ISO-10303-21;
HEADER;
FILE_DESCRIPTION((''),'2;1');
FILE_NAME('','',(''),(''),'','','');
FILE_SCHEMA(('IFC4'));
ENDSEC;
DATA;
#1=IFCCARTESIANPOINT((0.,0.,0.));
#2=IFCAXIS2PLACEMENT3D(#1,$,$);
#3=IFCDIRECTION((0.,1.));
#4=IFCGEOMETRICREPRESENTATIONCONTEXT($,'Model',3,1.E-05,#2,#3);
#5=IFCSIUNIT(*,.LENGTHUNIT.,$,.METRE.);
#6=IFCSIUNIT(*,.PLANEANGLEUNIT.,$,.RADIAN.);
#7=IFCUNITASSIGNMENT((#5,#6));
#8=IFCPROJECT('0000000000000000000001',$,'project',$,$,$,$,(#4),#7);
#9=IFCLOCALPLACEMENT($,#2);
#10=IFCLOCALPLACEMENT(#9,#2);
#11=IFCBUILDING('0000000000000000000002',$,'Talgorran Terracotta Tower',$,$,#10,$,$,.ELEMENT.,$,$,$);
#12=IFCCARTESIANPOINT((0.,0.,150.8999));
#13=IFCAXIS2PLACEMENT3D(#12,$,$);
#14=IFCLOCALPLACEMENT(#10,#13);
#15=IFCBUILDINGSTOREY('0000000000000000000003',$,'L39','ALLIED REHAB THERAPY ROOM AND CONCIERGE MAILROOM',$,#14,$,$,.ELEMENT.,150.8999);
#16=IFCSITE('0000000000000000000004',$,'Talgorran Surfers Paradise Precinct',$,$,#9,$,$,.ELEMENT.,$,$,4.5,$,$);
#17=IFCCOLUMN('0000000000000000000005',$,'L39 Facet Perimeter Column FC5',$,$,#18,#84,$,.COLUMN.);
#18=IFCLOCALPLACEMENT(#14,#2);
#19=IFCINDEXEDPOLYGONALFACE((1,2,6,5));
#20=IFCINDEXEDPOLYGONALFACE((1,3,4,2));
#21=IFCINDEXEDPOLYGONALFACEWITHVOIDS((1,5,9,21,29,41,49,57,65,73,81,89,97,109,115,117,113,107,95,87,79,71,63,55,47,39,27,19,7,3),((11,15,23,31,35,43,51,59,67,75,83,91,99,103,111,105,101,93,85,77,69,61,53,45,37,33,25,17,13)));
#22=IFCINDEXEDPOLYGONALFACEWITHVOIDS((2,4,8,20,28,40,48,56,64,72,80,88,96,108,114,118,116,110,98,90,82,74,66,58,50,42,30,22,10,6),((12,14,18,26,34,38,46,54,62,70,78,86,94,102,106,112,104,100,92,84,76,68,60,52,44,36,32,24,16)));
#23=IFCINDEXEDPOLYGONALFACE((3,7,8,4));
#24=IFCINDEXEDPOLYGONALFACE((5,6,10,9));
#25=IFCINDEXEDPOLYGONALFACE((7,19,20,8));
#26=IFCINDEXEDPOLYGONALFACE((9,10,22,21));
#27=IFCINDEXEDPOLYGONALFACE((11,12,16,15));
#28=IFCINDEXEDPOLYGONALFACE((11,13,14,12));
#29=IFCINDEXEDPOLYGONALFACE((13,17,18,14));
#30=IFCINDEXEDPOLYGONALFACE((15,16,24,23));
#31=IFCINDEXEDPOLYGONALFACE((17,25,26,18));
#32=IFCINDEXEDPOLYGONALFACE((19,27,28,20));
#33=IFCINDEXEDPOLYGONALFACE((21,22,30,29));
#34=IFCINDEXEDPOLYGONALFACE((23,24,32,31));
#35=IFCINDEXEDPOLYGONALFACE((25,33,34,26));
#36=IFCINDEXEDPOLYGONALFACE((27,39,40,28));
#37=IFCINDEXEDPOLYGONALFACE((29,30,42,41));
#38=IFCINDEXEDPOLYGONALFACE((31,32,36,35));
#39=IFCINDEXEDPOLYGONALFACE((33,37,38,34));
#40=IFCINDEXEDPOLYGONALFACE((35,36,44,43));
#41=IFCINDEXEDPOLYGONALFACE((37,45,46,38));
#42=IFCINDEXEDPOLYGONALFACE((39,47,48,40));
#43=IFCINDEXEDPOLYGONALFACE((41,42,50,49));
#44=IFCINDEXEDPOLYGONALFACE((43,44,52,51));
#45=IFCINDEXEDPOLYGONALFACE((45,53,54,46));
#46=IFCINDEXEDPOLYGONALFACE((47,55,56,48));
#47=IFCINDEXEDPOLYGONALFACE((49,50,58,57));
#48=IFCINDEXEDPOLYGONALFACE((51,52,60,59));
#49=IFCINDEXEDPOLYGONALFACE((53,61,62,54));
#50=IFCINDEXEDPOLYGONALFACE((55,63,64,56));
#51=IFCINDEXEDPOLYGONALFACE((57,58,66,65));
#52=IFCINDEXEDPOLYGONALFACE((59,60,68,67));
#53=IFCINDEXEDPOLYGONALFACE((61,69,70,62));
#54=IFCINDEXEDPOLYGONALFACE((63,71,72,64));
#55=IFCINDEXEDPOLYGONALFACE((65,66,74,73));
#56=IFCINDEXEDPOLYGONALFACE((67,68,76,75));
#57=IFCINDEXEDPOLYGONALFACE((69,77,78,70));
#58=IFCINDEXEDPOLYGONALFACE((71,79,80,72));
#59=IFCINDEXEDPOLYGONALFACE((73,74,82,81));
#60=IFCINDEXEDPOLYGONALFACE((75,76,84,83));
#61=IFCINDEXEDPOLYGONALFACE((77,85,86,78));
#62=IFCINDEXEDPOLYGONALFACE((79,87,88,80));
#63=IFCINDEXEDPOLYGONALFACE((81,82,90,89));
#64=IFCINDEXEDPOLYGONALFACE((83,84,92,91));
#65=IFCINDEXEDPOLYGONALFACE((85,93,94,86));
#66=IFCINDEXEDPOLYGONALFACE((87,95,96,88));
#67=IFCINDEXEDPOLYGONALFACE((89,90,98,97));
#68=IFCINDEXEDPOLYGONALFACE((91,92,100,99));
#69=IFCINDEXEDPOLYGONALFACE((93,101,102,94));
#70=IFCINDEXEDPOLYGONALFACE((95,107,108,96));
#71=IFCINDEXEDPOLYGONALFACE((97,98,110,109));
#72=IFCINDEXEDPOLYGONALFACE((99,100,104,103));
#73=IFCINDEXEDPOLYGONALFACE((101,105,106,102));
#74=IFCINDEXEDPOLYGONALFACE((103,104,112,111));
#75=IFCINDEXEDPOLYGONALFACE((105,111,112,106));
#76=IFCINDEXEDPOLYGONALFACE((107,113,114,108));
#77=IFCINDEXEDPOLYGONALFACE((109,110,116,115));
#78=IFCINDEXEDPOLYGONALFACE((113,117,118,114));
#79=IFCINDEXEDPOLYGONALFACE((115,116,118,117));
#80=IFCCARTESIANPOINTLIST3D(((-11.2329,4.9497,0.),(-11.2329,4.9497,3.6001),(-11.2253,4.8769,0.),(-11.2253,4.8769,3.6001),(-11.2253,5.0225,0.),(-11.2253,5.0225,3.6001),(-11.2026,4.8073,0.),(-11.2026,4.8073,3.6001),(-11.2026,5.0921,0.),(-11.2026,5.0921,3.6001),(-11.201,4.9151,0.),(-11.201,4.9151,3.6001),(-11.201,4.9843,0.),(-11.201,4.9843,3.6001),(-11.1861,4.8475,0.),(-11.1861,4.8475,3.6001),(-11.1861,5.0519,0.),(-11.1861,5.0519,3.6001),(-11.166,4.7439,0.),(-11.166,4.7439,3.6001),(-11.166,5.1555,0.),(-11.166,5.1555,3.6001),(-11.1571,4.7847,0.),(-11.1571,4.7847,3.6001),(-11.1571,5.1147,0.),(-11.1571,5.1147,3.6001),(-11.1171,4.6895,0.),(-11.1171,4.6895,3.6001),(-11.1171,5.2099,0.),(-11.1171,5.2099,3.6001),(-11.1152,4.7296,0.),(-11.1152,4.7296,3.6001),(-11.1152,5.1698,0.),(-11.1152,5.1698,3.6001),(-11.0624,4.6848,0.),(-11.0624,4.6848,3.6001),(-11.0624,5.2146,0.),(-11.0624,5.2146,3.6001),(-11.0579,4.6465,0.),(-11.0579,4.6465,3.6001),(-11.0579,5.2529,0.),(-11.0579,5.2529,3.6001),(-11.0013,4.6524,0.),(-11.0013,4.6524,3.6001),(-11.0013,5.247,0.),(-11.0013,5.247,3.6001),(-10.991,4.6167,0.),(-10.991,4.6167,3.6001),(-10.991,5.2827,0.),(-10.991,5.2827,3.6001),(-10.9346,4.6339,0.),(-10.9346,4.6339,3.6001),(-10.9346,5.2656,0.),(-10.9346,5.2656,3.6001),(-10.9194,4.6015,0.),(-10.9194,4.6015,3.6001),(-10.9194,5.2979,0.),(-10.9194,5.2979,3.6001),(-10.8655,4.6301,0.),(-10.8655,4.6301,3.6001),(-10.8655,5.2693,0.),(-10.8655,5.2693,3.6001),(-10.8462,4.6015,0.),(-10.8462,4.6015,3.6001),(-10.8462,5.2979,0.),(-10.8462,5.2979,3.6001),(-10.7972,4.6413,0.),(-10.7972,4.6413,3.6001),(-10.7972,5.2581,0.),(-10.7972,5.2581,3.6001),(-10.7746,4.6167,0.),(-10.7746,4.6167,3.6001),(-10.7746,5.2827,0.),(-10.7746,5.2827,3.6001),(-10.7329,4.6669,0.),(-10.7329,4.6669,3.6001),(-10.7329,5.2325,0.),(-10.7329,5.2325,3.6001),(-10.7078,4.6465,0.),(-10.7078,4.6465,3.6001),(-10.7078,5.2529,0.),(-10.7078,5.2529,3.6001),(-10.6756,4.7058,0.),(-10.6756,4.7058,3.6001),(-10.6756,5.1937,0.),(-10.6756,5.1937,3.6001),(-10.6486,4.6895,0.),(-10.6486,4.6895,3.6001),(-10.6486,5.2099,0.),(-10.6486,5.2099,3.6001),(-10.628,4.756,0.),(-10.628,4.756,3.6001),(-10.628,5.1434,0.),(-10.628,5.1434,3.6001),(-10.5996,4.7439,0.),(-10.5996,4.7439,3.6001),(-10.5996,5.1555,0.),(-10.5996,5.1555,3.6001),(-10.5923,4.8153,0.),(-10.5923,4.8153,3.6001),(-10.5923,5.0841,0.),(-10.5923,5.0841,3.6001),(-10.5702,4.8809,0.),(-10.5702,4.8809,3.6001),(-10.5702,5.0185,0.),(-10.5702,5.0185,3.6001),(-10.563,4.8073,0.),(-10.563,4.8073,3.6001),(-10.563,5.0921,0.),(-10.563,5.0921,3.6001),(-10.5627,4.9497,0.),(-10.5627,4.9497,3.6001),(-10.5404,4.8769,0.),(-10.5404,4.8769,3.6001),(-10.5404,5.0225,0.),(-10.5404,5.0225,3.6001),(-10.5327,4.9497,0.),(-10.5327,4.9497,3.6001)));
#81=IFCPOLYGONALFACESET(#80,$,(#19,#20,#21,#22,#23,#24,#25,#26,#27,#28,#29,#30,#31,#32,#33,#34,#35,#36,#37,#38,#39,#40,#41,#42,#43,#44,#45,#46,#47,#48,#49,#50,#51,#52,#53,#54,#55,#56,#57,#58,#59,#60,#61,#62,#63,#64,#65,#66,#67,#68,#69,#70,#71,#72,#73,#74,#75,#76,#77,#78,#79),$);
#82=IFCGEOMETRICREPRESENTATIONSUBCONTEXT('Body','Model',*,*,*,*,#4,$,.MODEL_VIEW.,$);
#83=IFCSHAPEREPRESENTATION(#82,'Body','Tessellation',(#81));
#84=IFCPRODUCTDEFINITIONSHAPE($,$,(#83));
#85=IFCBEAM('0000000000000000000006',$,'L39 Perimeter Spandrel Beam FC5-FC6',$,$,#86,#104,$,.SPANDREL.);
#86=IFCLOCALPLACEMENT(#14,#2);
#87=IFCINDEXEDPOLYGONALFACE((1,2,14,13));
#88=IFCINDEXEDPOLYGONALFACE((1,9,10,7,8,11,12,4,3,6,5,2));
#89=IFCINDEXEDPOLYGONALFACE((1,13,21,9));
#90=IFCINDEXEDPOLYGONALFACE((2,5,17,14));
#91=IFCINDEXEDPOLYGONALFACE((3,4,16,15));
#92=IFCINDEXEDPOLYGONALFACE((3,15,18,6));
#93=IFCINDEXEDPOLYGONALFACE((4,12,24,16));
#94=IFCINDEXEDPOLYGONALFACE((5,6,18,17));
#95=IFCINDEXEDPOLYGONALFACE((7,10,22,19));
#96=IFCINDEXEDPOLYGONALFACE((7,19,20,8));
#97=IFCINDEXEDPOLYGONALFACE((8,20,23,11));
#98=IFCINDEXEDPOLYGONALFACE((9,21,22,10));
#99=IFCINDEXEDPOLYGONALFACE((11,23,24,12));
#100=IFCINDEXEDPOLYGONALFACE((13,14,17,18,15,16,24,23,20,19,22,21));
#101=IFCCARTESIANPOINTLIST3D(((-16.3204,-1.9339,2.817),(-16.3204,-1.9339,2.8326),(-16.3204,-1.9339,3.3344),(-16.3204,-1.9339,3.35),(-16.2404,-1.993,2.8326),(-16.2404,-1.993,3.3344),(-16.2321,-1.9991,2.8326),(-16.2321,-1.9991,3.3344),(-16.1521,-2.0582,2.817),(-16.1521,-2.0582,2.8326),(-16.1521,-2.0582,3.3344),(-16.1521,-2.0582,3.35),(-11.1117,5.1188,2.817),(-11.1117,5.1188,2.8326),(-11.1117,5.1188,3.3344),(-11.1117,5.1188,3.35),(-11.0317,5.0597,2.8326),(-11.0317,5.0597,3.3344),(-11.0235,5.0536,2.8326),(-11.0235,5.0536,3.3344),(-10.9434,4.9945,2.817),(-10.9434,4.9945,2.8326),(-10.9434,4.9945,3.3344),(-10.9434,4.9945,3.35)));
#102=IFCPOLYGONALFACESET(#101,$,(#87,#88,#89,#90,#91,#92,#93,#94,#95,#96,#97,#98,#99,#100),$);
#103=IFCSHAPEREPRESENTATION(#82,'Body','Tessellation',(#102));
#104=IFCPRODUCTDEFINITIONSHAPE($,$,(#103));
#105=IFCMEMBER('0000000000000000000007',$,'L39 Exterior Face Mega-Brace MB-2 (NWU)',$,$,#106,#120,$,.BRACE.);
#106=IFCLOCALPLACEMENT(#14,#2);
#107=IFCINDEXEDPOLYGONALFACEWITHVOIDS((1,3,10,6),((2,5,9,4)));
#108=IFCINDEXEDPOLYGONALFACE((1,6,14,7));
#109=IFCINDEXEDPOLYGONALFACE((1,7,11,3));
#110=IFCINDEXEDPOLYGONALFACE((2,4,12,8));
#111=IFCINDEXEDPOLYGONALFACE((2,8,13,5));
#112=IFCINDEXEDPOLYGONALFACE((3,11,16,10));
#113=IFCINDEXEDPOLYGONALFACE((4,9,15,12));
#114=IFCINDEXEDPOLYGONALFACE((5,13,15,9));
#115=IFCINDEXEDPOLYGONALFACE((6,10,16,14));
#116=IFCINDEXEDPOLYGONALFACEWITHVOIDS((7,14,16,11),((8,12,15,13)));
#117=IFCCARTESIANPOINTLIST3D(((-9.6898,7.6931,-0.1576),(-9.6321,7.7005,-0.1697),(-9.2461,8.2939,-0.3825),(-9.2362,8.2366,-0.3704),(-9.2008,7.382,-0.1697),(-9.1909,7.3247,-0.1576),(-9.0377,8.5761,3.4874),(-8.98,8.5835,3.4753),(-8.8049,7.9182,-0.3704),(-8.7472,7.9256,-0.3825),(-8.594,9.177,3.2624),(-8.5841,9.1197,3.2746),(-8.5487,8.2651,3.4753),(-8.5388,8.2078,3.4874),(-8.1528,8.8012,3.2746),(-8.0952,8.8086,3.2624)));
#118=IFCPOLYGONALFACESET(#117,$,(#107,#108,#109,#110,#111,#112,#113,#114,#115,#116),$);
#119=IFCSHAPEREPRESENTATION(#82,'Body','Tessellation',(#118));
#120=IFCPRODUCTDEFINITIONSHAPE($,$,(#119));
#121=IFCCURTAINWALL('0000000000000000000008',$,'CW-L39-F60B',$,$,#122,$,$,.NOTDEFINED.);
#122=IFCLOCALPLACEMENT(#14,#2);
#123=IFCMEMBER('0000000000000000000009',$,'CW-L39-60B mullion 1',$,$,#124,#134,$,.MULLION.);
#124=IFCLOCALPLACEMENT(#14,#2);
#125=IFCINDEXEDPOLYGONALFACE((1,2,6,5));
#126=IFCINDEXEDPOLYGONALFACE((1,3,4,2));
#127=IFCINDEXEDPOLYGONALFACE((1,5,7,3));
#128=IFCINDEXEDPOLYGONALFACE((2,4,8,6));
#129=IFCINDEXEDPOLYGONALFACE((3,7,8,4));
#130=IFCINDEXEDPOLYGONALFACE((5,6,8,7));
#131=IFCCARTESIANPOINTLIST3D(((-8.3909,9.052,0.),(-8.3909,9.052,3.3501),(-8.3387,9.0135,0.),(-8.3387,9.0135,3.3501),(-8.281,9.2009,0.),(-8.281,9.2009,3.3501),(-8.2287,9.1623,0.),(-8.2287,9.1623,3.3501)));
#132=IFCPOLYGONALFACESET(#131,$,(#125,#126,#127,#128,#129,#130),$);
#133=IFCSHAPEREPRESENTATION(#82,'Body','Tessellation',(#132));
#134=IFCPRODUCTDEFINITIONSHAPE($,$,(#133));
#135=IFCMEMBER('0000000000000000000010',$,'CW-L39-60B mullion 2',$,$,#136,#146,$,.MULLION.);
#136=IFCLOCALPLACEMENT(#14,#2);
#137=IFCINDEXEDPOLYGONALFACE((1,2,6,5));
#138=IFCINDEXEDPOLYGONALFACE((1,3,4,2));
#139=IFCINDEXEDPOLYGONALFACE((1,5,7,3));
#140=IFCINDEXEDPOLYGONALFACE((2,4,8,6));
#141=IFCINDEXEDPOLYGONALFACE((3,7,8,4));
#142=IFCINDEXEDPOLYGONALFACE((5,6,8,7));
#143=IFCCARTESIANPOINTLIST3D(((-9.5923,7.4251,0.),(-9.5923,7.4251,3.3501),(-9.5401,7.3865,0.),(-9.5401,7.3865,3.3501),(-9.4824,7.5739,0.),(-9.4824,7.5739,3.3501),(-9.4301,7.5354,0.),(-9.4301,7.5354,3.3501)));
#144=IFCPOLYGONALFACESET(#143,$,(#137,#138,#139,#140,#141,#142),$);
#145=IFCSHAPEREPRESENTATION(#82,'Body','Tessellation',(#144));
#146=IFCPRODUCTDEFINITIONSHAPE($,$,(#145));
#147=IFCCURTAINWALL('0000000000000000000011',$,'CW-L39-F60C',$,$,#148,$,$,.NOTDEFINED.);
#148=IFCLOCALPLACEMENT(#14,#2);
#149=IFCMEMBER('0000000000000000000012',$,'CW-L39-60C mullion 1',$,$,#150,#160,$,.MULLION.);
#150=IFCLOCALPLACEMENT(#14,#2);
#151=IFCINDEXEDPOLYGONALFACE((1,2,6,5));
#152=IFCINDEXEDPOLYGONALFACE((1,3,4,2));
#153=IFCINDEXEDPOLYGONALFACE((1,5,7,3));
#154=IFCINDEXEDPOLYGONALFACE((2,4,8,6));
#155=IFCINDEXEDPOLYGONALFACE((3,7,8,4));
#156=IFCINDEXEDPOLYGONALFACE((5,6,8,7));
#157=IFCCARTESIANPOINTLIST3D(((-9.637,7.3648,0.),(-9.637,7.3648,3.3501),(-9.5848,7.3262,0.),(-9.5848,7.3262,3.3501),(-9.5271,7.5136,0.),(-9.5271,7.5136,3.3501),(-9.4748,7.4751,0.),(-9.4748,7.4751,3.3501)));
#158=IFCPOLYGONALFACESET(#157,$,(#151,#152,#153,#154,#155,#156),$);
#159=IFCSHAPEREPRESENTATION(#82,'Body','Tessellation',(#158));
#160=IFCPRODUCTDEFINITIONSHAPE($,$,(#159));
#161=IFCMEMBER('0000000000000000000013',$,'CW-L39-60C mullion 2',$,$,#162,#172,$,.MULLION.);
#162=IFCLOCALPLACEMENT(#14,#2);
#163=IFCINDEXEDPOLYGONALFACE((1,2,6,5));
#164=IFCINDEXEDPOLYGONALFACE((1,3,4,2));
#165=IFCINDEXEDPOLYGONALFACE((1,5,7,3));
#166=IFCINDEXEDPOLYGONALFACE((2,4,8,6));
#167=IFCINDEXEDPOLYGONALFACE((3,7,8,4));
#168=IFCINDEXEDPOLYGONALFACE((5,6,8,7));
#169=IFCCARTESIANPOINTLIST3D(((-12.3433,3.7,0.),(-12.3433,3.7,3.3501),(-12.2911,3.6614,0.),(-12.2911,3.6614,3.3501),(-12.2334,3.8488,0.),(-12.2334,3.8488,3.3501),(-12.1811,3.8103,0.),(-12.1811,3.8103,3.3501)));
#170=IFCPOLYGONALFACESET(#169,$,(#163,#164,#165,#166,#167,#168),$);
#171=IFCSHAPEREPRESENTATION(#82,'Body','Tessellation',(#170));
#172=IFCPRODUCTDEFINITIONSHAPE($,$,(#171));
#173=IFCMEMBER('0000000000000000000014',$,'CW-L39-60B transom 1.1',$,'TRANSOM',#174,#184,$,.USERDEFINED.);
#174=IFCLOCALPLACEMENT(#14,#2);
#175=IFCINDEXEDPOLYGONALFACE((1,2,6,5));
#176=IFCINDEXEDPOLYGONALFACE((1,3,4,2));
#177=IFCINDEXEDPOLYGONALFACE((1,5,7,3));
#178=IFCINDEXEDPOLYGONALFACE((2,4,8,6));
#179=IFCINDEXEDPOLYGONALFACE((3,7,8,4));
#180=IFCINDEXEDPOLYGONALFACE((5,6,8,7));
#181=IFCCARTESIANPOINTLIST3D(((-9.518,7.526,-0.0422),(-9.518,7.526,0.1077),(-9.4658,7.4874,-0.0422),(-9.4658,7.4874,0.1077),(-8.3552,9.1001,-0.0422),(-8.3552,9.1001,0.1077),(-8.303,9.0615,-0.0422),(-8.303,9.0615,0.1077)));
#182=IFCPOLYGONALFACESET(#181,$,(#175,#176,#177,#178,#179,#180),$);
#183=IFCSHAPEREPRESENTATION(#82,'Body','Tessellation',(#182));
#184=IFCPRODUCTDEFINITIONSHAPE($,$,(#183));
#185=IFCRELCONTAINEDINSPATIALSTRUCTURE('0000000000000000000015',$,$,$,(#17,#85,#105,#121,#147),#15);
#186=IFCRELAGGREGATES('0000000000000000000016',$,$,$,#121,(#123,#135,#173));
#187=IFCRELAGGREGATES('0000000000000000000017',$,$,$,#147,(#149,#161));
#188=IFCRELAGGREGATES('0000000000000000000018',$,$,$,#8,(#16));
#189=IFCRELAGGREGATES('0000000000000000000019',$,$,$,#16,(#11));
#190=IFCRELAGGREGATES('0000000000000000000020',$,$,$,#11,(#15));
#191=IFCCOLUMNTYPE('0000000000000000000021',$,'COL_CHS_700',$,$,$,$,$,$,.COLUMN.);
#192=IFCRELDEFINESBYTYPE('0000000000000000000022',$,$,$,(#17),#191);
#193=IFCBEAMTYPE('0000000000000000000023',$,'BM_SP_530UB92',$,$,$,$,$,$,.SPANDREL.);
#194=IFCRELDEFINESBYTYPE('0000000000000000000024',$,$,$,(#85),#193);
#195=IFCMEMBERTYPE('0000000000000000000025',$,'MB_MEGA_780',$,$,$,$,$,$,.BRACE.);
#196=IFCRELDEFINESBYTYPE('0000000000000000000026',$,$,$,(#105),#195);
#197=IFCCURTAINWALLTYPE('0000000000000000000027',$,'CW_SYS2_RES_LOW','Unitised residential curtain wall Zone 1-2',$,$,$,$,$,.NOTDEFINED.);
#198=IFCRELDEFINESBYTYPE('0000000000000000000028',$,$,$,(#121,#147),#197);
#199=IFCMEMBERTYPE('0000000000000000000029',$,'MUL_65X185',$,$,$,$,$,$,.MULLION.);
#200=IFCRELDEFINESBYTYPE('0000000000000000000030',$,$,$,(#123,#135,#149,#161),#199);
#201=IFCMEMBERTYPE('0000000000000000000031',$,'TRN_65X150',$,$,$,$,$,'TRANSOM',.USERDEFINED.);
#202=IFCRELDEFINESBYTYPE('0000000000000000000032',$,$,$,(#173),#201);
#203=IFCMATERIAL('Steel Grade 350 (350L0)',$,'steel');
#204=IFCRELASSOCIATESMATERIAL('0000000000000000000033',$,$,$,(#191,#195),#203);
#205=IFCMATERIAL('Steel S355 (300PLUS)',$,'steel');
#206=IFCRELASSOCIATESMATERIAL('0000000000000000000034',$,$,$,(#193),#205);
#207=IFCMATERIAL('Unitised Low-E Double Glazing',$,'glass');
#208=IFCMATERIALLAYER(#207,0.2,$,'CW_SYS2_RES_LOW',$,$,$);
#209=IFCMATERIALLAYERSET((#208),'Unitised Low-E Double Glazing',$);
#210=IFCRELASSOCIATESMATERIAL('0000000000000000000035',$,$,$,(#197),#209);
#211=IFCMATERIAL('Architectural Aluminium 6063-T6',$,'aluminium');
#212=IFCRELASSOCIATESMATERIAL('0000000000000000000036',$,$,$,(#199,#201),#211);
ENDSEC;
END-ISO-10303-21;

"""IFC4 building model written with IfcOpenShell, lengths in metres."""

from ifc_helpers import new_model, si_unit, direction, frame, origin, origin_2d, place, context, subcontext, project, spatial, rectangle, hollow_rectangle, hollow_circle, i_section, extrude, material, layer, layer_set, material_profile, profile_set, type_object, element, aggregate, save


model = new_model("IFC4")

# Units and contexts
model_context = context("Model", 3, precision=1e-05, world=origin(), true_north=direction((0.0, 1.0)))
body_context = subcontext(model_context, "Body", "Model", "MODEL_VIEW")
ifc_project = project(units=[si_unit("LENGTHUNIT", "METRE"), si_unit("PLANEANGLEUNIT", "RADIAN")], contexts=[model_context])

# Site, building, storey
site_placement = place(None, origin())
site = spatial("IfcSite", under=ifc_project, at=site_placement, Name="Talgorran Surfers Paradise Precinct", CompositionType="ELEMENT", RefElevation=4.5)
building_placement = place(site_placement, origin())
building = spatial("IfcBuilding", under=site, at=building_placement, Name="Talgorran Terracotta Tower", CompositionType="ELEMENT")
storey_placement = place(building_placement, frame((0.0, 0.0, 150.8999)))
storey = spatial("IfcBuildingStorey", under=building, at=storey_placement, Name="L39", Description="ALLIED REHAB THERAPY ROOM AND CONCIERGE MAILROOM", CompositionType="ELEMENT", Elevation=150.8999)

# Column
ifc_material_1 = material(Name="Steel Grade 350 (350L0)", Category="steel")
ifc_material_profile_1 = material_profile(ifc_material_1, hollow_circle(Radius=0.3501, WallThickness=0.03, at=origin_2d()), Name="CHS700X30")
ifc_profile_set_1 = profile_set([ifc_material_profile_1], Name="Steel Grade 350 (350L0)")
column_type = type_object("IfcColumnType", Name="COL_CHS_700", PredefinedType="COLUMN", material=ifc_profile_set_1)
column_placement = place(storey_placement, frame((-10.8828, 4.9497, 0.0), z_axis=(0.0, 0.0, 1.0), x_axis=(1.0, 0.0, 0.0)))
element("IfcColumn", 1, at=column_placement, inside=storey, type_object=column_type, Name="L39 Facet Perimeter Column FC5", PredefinedType="COLUMN", context=body_context, shape_type="SweptSolid", body=[
    extrude(hollow_circle(Radius=0.3501, WallThickness=0.03, at=origin_2d()), origin(), (0.0, 0.0, 1.0), 3.6001),
])

# Beam
ifc_material_2 = material(Name="Steel S355 (300PLUS)", Category="steel")
ifc_material_profile_2 = material_profile(ifc_material_2, i_section(OverallWidth=0.2092, OverallDepth=0.533, WebThickness=0.0103, FlangeThickness=0.0156, at=origin_2d()), Name="530UB92.4")
ifc_profile_set_2 = profile_set([ifc_material_profile_2], Name="Steel S355 (300PLUS)")
beam_type = type_object("IfcBeamType", Name="BM_SP_530UB92", PredefinedType="SPANDREL", material=ifc_profile_set_2)
beam_placement = place(storey_placement, frame((-11.0276, 5.0566, 3.0835), z_axis=(-0.594085, -0.804402, 0.0), x_axis=(0.804402, -0.594085, 0.0)))
element("IfcBeam", 2, at=beam_placement, inside=storey, type_object=beam_type, Name="L39 Perimeter Spandrel Beam FC5-FC6", PredefinedType="SPANDREL", context=body_context, shape_type="SweptSolid", body=[
    extrude(i_section(OverallWidth=0.2092, OverallDepth=0.533, WebThickness=0.0103, FlangeThickness=0.0156, at=origin_2d()), origin(), (0.0, 0.0, 1.0), 8.7676),
])

# Member
ifc_material_profile_3 = material_profile(ifc_material_1, hollow_rectangle(XDim=0.6201, YDim=0.78, WallThickness=0.042, at=origin_2d()), Name="WBOX780X620X42")
ifc_profile_set_3 = profile_set([ifc_material_profile_3], Name="Steel Grade 350 (350L0)")
member_type_1 = type_object("IfcMemberType", Name="MB_MEGA_780", PredefinedType="BRACE", material=ifc_profile_set_3)
member_1_placement = place(storey_placement, frame((-9.2185, 7.8093, -0.27), z_axis=(0.171302, 0.231973, 0.95752), x_axis=(-0.804435, 0.594041, 0.0)))
element("IfcMember", 3, at=member_1_placement, inside=storey, type_object=member_type_1, Name="L39 Exterior Face Mega-Brace MB-2 (NWU)", PredefinedType="BRACE", context=body_context, shape_type="SweptSolid", body=[
    extrude(hollow_rectangle(XDim=0.6201, YDim=0.78, WallThickness=0.042, at=origin_2d()), origin(), (0.0, 0.0, 1.0), 3.8066),
])

# Curtain walls, members
ifc_material_3 = material(Name="Unitised Low-E Double Glazing", Category="glass")
ifc_layer_1 = layer(ifc_material_3, 0.2, Name="CW_SYS2_RES_LOW")
ifc_layer_set_1 = layer_set([ifc_layer_1], Name="Unitised Low-E Double Glazing")
curtain_wall_type = type_object("IfcCurtainWallType", Name="CW_SYS2_RES_LOW", Description="Unitised residential curtain wall Zone 1-2", PredefinedType="NOTDEFINED", material=ifc_layer_set_1)
curtain_wall_1_placement = place(storey_placement, origin())
curtain_wall_1 = element("IfcCurtainWall", 4, at=curtain_wall_1_placement, inside=storey, type_object=curtain_wall_type, Name="CW-L39-F60B", PredefinedType="NOTDEFINED")
ifc_material_4 = material(Name="Architectural Aluminium 6063-T6", Category="aluminium")
ifc_material_profile_4 = material_profile(ifc_material_4, rectangle(XDim=0.0649, YDim=0.1851, at=origin_2d()), Name="CWM65X185")
ifc_profile_set_4 = profile_set([ifc_material_profile_4], Name="Architectural Aluminium 6063-T6")
member_type_2 = type_object("IfcMemberType", Name="MUL_65X185", PredefinedType="MULLION", material=ifc_profile_set_4)
member_2_placement = place(storey_placement, frame((-8.3098, 9.1072, 0.0), z_axis=(0.0, 0.0, 1.0), x_axis=(0.804405, -0.594081, 0.0)))
member_2 = element("IfcMember", 5, at=member_2_placement, type_object=member_type_2, Name="CW-L39-60B mullion 1", PredefinedType="MULLION", context=body_context, shape_type="SweptSolid", body=[
    extrude(rectangle(XDim=0.0649, YDim=0.1851, at=origin_2d()), origin(), (0.0, 0.0, 1.0), 3.3501),
])
member_3_placement = place(storey_placement, frame((-9.5112, 7.4802, 0.0), z_axis=(0.0, 0.0, 1.0), x_axis=(0.804405, -0.594081, 0.0)))
member_3 = element("IfcMember", 6, at=member_3_placement, type_object=member_type_2, Name="CW-L39-60B mullion 2", PredefinedType="MULLION", context=body_context, shape_type="SweptSolid", body=[
    extrude(rectangle(XDim=0.0649, YDim=0.1851, at=origin_2d()), origin(), (0.0, 0.0, 1.0), 3.3501),
])
curtain_wall_2_placement = place(storey_placement, origin())
curtain_wall_2 = element("IfcCurtainWall", 7, at=curtain_wall_2_placement, inside=storey, type_object=curtain_wall_type, Name="CW-L39-F60C", PredefinedType="NOTDEFINED")
member_4_placement = place(storey_placement, frame((-9.5559, 7.4199, 0.0), z_axis=(0.0, 0.0, 1.0), x_axis=(0.804409, -0.594076, 0.0)))
member_4 = element("IfcMember", 8, at=member_4_placement, type_object=member_type_2, Name="CW-L39-60C mullion 1", PredefinedType="MULLION", context=body_context, shape_type="SweptSolid", body=[
    extrude(rectangle(XDim=0.0649, YDim=0.1851, at=origin_2d()), origin(), (0.0, 0.0, 1.0), 3.3501),
])
member_5_placement = place(storey_placement, frame((-12.2622, 3.7551, 0.0), z_axis=(0.0, 0.0, 1.0), x_axis=(0.804409, -0.594076, 0.0)))
member_5 = element("IfcMember", 9, at=member_5_placement, type_object=member_type_2, Name="CW-L39-60C mullion 2", PredefinedType="MULLION", context=body_context, shape_type="SweptSolid", body=[
    extrude(rectangle(XDim=0.0649, YDim=0.1851, at=origin_2d()), origin(), (0.0, 0.0, 1.0), 3.3501),
])

# Member
ifc_material_profile_5 = material_profile(ifc_material_4, rectangle(XDim=0.0649, YDim=0.1499, at=origin_2d()), Name="CWT65X150")
ifc_profile_set_5 = profile_set([ifc_material_profile_5], Name="Architectural Aluminium 6063-T6")
member_type_3 = type_object("IfcMemberType", Name="TRN_65X150", ElementType="TRANSOM", PredefinedType="USERDEFINED", material=ifc_profile_set_5)
member_6_placement = place(storey_placement, frame((-8.3291, 9.0808, 0.0327), z_axis=(-0.594156, -0.80435, 0.0), x_axis=(0.80435, -0.594156, 0.0)))
member_6 = element("IfcMember", 10, at=member_6_placement, type_object=member_type_3, Name="CW-L39-60B transom 1.1", ObjectType="TRANSOM", PredefinedType="USERDEFINED", context=body_context, shape_type="SweptSolid", body=[
    extrude(rectangle(XDim=0.0649, YDim=0.1499, at=origin_2d()), origin(), (0.0, 0.0, 1.0), 1.957),
])

aggregate(curtain_wall_1, [member_2, member_3, member_6])
aggregate(curtain_wall_2, [member_4, member_5])

save(model, "model.ifc")
